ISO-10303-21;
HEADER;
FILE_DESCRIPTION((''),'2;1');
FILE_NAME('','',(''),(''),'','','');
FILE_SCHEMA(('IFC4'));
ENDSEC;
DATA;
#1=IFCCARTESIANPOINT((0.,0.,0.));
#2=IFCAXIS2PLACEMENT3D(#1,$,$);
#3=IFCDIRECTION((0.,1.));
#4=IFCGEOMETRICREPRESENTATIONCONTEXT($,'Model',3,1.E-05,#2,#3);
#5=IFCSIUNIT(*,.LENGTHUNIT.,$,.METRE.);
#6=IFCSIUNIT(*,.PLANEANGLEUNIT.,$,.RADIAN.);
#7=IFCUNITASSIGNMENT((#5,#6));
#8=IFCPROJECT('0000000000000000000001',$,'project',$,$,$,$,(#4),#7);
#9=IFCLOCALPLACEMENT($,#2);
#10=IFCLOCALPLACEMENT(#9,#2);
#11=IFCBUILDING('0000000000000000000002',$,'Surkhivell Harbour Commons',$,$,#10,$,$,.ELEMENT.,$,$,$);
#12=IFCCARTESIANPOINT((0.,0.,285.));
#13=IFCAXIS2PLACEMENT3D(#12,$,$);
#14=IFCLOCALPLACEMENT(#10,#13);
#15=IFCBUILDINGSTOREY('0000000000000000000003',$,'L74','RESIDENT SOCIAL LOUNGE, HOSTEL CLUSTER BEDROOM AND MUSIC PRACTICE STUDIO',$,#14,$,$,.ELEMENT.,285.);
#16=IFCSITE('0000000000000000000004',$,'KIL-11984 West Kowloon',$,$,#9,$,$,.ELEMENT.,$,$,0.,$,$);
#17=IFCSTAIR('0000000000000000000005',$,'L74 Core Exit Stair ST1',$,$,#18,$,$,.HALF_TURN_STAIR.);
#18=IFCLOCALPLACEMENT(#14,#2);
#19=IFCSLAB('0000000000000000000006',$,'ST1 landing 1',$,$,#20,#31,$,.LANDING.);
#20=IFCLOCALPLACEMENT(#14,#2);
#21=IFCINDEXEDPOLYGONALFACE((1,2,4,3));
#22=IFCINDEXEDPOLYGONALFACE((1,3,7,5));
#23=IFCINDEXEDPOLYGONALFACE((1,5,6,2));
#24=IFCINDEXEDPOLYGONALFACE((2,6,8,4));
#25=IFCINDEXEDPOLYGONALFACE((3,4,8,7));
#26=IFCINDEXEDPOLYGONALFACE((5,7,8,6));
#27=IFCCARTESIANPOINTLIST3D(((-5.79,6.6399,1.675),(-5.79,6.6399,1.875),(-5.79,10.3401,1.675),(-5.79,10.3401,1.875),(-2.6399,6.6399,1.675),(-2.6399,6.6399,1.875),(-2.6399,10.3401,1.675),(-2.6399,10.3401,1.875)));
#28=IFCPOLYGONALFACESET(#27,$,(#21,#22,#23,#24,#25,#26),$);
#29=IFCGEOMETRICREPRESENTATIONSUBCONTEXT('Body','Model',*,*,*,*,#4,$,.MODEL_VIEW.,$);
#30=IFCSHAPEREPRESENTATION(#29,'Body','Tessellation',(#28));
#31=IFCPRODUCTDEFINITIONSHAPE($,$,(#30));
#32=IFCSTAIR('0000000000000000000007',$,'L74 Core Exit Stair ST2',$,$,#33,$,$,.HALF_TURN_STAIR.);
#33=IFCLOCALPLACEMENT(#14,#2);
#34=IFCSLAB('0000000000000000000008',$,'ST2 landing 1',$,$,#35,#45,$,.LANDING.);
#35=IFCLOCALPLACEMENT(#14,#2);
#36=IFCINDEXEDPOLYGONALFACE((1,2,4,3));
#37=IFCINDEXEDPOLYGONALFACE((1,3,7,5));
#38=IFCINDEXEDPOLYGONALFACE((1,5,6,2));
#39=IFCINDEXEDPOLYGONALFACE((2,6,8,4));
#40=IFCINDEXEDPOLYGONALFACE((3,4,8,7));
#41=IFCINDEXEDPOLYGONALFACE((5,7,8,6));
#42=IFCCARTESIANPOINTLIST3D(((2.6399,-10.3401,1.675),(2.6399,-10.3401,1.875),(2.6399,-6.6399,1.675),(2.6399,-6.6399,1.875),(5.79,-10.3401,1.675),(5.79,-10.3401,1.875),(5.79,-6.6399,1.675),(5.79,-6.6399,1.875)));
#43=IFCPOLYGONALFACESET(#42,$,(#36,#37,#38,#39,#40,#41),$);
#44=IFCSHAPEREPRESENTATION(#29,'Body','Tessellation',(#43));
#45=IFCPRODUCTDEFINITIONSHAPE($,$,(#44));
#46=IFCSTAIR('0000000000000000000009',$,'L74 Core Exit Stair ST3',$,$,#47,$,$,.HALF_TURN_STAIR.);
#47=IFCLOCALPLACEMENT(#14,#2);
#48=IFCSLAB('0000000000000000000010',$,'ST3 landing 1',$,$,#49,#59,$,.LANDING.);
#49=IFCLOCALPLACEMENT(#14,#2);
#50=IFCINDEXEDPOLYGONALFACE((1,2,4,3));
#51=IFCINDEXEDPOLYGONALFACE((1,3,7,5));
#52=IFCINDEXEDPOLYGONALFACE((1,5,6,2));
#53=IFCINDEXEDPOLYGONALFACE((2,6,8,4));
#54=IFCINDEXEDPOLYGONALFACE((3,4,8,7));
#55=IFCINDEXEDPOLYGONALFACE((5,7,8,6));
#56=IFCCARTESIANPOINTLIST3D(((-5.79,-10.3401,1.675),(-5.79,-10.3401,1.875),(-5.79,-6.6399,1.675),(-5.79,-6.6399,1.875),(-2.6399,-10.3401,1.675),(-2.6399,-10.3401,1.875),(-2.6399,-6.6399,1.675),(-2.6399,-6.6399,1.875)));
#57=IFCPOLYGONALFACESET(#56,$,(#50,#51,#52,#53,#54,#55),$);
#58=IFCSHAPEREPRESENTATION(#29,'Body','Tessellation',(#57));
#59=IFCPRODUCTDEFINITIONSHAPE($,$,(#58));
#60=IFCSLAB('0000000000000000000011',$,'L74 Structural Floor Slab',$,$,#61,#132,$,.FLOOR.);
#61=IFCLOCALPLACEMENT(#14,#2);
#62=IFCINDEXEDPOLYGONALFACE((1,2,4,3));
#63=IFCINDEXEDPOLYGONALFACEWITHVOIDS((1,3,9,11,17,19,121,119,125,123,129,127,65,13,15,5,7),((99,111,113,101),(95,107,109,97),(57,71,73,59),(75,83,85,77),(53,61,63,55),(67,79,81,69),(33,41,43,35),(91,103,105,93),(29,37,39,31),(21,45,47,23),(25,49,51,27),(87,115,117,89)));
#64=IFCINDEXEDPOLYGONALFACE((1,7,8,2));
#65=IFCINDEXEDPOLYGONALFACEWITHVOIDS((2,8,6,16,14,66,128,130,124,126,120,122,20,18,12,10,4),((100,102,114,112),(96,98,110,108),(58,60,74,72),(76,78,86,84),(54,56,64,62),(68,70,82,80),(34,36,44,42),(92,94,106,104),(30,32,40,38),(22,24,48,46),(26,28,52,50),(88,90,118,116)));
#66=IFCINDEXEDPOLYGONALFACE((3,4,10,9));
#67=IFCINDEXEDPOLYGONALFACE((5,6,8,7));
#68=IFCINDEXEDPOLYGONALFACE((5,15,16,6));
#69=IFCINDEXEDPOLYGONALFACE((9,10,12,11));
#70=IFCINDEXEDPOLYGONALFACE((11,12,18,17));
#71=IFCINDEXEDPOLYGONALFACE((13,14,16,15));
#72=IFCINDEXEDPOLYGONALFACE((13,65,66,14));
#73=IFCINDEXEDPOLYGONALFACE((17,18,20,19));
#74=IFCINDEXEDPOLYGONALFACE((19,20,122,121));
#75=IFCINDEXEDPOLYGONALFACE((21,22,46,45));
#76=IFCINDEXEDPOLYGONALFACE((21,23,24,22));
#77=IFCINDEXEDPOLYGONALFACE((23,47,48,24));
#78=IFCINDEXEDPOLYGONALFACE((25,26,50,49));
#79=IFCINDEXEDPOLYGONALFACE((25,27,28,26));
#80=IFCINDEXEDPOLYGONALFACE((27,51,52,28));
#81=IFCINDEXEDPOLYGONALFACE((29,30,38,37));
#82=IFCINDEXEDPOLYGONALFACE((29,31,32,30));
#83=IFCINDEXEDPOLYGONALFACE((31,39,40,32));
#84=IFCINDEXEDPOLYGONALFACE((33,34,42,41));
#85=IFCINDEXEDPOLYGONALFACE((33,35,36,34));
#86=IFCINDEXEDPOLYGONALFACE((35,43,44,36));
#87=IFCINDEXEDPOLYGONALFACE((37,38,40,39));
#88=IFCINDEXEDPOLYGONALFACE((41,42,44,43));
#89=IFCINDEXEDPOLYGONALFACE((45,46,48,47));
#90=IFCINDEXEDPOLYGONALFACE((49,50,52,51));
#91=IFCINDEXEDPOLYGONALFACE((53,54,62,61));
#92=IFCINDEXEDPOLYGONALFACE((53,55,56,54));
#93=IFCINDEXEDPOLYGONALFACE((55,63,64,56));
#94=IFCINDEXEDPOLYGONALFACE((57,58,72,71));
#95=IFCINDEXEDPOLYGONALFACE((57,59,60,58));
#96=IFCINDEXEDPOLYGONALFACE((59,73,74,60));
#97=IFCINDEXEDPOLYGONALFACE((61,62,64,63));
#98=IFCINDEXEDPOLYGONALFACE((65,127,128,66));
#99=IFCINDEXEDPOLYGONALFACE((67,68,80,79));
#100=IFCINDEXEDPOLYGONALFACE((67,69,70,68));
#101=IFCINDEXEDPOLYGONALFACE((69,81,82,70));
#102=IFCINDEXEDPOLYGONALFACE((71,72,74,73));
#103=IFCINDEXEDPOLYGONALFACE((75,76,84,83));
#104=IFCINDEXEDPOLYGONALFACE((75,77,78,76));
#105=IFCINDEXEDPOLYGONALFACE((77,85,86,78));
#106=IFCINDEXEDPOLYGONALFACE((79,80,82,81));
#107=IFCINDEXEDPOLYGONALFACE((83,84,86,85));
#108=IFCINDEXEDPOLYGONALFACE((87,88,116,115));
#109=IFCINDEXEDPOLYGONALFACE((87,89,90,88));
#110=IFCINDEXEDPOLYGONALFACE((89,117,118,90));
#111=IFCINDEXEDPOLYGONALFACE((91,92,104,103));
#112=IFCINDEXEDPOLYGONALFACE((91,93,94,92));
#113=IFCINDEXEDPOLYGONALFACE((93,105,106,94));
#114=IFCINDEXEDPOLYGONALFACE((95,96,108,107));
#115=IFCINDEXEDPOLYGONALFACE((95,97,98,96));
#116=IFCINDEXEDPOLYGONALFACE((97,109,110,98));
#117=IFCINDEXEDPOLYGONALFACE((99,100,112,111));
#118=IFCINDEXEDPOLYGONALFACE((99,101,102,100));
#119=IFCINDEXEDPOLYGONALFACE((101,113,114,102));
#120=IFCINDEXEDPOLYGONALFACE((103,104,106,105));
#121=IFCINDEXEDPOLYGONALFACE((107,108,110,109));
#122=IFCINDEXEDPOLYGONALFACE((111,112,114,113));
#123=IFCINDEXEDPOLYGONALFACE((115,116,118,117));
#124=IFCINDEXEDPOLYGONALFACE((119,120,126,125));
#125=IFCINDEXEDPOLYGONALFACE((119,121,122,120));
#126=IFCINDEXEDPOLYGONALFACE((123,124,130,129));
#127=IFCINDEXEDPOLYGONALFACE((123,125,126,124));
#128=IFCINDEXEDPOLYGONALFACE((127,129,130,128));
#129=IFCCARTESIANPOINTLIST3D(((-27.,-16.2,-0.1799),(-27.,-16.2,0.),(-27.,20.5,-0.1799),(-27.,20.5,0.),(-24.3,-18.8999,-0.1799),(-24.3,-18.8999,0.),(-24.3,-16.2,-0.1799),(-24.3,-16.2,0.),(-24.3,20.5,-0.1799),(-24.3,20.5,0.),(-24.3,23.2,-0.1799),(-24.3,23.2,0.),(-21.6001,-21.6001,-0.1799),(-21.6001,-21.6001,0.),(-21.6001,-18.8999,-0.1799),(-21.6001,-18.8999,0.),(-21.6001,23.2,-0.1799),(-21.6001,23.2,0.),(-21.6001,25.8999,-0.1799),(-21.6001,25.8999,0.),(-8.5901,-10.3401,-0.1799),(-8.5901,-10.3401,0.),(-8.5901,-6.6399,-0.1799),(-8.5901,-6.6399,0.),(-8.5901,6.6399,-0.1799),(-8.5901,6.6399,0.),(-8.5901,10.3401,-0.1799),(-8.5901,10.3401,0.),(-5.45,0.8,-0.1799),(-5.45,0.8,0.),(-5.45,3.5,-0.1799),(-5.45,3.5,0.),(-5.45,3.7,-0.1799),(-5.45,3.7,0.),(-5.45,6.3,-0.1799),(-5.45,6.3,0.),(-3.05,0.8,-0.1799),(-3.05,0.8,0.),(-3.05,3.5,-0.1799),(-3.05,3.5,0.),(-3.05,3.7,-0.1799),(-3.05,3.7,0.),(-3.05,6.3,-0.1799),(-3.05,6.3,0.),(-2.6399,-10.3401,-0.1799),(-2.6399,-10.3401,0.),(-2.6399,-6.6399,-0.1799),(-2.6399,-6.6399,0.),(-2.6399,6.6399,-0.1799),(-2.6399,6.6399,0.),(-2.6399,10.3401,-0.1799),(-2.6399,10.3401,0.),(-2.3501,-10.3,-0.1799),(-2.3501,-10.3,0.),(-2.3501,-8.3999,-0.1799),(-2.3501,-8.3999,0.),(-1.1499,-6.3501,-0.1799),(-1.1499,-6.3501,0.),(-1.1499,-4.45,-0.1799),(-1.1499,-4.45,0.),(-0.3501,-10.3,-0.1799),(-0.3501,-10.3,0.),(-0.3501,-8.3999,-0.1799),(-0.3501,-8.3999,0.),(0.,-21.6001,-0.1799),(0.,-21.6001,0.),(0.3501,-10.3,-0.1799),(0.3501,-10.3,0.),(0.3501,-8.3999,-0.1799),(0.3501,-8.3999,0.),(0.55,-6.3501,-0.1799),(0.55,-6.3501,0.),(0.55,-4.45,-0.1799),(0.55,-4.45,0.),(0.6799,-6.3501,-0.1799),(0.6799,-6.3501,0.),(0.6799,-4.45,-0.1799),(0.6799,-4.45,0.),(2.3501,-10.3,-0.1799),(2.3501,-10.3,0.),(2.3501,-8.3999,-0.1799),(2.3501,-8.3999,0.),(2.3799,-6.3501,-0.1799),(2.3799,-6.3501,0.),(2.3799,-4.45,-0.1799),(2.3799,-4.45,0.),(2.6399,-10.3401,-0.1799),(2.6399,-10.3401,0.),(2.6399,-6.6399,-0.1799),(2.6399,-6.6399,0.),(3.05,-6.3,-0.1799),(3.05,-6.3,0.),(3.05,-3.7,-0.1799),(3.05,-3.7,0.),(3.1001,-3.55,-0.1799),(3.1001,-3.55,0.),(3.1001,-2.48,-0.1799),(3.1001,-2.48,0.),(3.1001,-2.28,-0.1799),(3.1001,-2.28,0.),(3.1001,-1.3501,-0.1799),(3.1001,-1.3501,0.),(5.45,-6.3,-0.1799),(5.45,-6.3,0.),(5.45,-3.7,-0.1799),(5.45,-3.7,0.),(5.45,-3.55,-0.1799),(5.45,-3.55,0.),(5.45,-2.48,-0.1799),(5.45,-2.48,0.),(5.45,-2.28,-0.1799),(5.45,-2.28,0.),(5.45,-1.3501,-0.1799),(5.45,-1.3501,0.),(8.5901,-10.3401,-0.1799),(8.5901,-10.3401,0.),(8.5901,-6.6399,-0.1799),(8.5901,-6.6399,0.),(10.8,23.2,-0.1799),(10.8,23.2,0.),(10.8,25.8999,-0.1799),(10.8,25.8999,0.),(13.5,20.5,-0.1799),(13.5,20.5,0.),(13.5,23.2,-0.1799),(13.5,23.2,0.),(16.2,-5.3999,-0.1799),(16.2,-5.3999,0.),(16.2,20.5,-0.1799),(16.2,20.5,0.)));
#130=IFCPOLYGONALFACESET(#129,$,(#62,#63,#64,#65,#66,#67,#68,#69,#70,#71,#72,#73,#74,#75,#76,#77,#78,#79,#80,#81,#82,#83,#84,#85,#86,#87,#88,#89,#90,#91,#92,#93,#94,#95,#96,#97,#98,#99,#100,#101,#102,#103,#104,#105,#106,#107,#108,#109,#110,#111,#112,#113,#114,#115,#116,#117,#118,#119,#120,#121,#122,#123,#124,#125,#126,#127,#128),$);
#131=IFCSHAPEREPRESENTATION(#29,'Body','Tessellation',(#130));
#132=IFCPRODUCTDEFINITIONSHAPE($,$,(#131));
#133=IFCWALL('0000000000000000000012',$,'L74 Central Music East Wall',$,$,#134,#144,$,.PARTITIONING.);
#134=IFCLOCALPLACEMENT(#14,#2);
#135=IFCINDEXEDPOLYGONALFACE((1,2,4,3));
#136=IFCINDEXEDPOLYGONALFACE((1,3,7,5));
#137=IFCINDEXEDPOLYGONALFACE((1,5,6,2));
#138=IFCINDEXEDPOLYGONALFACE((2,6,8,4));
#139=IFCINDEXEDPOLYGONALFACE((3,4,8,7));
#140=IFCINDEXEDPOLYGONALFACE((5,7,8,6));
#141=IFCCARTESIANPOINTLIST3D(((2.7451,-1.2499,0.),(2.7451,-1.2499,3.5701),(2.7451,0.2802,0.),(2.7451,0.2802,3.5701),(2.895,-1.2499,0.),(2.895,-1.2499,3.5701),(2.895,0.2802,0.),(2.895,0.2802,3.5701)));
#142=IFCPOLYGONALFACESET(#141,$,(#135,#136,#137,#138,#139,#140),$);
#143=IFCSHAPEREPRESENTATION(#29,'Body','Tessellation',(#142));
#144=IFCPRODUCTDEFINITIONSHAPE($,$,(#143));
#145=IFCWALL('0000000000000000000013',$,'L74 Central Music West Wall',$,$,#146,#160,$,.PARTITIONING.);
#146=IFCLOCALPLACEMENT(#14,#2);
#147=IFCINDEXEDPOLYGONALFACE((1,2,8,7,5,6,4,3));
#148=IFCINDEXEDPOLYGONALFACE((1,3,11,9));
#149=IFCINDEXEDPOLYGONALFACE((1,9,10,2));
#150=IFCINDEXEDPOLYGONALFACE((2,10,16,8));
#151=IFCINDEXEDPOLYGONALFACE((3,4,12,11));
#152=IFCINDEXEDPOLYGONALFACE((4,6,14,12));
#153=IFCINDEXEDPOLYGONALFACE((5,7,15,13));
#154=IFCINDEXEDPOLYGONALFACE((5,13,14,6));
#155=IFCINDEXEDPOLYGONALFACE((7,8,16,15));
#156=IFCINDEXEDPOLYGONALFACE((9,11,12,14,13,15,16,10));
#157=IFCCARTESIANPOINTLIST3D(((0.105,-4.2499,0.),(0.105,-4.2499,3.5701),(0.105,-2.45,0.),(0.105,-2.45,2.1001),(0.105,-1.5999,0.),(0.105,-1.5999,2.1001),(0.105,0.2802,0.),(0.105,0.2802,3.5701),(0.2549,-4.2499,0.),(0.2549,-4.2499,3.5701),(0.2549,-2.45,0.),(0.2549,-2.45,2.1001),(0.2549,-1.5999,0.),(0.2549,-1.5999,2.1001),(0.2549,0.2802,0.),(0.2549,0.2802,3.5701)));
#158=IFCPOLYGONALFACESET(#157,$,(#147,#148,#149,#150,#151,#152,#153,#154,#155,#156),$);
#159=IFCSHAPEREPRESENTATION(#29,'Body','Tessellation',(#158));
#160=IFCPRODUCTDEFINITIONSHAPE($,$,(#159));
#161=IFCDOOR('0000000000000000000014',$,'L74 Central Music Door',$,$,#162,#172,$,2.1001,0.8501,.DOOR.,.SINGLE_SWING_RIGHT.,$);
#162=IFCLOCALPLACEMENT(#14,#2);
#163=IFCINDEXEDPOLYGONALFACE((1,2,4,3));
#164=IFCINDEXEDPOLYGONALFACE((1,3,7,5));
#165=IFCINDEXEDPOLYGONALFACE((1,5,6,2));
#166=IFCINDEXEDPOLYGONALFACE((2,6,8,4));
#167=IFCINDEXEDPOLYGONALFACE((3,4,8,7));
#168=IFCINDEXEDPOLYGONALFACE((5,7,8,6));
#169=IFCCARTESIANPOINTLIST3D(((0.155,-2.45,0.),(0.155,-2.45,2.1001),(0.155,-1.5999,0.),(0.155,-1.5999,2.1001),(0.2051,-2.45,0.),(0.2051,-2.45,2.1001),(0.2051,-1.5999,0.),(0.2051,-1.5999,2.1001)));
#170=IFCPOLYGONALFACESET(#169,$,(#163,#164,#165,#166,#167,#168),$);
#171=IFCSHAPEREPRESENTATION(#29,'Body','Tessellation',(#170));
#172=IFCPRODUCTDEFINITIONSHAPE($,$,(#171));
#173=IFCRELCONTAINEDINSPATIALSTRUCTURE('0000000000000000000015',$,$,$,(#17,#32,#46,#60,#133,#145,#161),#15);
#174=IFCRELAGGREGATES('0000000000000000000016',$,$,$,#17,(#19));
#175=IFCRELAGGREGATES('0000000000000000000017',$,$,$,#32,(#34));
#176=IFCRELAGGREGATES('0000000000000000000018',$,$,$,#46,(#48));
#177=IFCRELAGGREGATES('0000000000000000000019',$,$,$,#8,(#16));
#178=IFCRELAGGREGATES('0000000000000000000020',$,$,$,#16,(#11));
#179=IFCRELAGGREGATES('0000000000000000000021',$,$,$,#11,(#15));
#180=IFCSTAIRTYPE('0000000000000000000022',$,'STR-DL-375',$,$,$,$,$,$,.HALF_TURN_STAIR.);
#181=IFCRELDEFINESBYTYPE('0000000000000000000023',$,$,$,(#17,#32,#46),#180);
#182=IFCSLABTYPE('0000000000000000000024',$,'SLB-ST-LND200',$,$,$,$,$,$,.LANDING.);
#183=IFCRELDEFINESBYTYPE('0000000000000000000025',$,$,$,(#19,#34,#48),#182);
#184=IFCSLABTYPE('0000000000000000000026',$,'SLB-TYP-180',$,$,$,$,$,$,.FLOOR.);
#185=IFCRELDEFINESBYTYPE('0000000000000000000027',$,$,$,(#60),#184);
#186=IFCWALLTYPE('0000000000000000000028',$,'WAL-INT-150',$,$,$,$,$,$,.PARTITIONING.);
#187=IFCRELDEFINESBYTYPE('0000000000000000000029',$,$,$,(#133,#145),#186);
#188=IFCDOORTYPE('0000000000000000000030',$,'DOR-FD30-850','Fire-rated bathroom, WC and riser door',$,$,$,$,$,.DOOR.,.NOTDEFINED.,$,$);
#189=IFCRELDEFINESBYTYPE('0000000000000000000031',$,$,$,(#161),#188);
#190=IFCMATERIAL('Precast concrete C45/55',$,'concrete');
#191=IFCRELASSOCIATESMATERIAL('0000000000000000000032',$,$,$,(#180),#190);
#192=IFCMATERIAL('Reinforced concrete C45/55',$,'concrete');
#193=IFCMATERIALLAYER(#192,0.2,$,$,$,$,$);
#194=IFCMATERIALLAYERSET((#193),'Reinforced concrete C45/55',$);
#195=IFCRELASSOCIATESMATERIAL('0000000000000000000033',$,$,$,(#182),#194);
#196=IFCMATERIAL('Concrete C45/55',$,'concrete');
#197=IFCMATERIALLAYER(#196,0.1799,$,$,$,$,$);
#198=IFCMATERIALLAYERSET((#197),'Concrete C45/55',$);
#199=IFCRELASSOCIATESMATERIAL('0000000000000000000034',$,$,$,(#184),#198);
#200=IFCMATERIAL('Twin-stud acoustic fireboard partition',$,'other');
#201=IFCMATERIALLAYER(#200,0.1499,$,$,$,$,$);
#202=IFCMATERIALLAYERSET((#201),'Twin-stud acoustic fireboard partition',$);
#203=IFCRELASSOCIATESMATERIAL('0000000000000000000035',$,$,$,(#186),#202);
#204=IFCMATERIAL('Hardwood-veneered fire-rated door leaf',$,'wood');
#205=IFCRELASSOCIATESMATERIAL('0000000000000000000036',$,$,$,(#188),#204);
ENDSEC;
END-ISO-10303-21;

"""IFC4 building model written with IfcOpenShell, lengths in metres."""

from ifc_helpers import new_model, si_unit, direction, frame, frame_2d, origin, place, context, subcontext, project, spatial, polyline, rectangle, outline, extrude, material, layer, layer_set, type_object, element, fill, aggregate, save


model = new_model("IFC4")

# Units and contexts
model_context = context("Model", 3, precision=1e-05, world=origin(), true_north=direction((0.0, 1.0)))
body_context = subcontext(model_context, "Body", "Model", "MODEL_VIEW")
ifc_project = project(units=[si_unit("LENGTHUNIT", "METRE"), si_unit("PLANEANGLEUNIT", "RADIAN")], contexts=[model_context])

# Site, building, storey
site_placement = place(None, origin())
site = spatial("IfcSite", under=ifc_project, at=site_placement, Name="KIL-11984 West Kowloon", CompositionType="ELEMENT", RefElevation=0.0)
building_placement = place(site_placement, origin())
building = spatial("IfcBuilding", under=site, at=building_placement, Name="Surkhivell Harbour Commons", CompositionType="ELEMENT")
storey_placement = place(building_placement, frame((0.0, 0.0, 285.0)))
storey = spatial("IfcBuildingStorey", under=building, at=storey_placement, Name="L74", Description="RESIDENT SOCIAL LOUNGE, HOSTEL CLUSTER BEDROOM AND MUSIC PRACTICE STUDIO", CompositionType="ELEMENT", Elevation=285.0)

# Stairs, slabs
ifc_material_1 = material(Name="Precast concrete C45/55", Category="concrete")
stair_type = type_object("IfcStairType", Name="STR-DL-375", PredefinedType="HALF_TURN_STAIR", material=ifc_material_1)
stair_1_placement = place(storey_placement, origin())
stair_1 = element("IfcStair", 1, at=stair_1_placement, inside=storey, type_object=stair_type, Name="L74 Core Exit Stair ST1", PredefinedType="HALF_TURN_STAIR")
ifc_material_2 = material(Name="Reinforced concrete C45/55", Category="concrete")
ifc_layer_1 = layer(ifc_material_2, 0.2)
ifc_layer_set_1 = layer_set([ifc_layer_1], Name="Reinforced concrete C45/55")
slab_type_1 = type_object("IfcSlabType", Name="SLB-ST-LND200", PredefinedType="LANDING", material=ifc_layer_set_1)
slab_1_placement = place(storey_placement, frame((0.0, 0.0, 1.675)))
slab_1 = element("IfcSlab", 2, at=slab_1_placement, type_object=slab_type_1, Name="ST1 landing 1", PredefinedType="LANDING", context=body_context, shape_type="SweptSolid", body=[
    extrude(outline(polyline([(-5.79, 6.6399), (-2.6399, 6.6399), (-2.6399, 10.3401), (-5.79, 10.3401), (-5.79, 6.6399)])), origin(), (0.0, 0.0, 1.0), 0.2),
])
aggregate(stair_1, [slab_1])
stair_2_placement = place(storey_placement, origin())
stair_2 = element("IfcStair", 3, at=stair_2_placement, inside=storey, type_object=stair_type, Name="L74 Core Exit Stair ST2", PredefinedType="HALF_TURN_STAIR")
slab_2_placement = place(storey_placement, frame((0.0, 0.0, 1.675)))
slab_2 = element("IfcSlab", 4, at=slab_2_placement, type_object=slab_type_1, Name="ST2 landing 1", PredefinedType="LANDING", context=body_context, shape_type="SweptSolid", body=[
    extrude(outline(polyline([(5.79, -6.6399), (2.6399, -6.6399), (2.6399, -10.3401), (5.79, -10.3401), (5.79, -6.6399)])), origin(), (0.0, 0.0, 1.0), 0.2),
])
aggregate(stair_2, [slab_2])
stair_3_placement = place(storey_placement, origin())
stair_3 = element("IfcStair", 5, at=stair_3_placement, inside=storey, type_object=stair_type, Name="L74 Core Exit Stair ST3", PredefinedType="HALF_TURN_STAIR")
slab_3_placement = place(storey_placement, frame((0.0, 0.0, 1.675)))
slab_3 = element("IfcSlab", 6, at=slab_3_placement, type_object=slab_type_1, Name="ST3 landing 1", PredefinedType="LANDING", context=body_context, shape_type="SweptSolid", body=[
    extrude(outline(polyline([(-5.79, -10.3401), (-2.6399, -10.3401), (-2.6399, -6.6399), (-5.79, -6.6399), (-5.79, -10.3401)])), origin(), (0.0, 0.0, 1.0), 0.2),
])
aggregate(stair_3, [slab_3])

# Slab
ifc_material_3 = material(Name="Concrete C45/55", Category="concrete")
ifc_layer_2 = layer(ifc_material_3, 0.1799)
ifc_layer_set_2 = layer_set([ifc_layer_2], Name="Concrete C45/55")
slab_type_2 = type_object("IfcSlabType", Name="SLB-TYP-180", PredefinedType="FLOOR", material=ifc_layer_set_2)
slab_4_placement = place(storey_placement, frame((0.0, 0.0, -0.1799)))
element("IfcSlab", 7, at=slab_4_placement, inside=storey, type_object=slab_type_2, Name="L74 Structural Floor Slab", PredefinedType="FLOOR", context=body_context, shape_type="SweptSolid", body=[
    extrude(outline(polyline([(-21.6001, -21.6001), (0.0, -21.6001), (16.2, -5.3999), (16.2, 20.5), (13.5, 20.5), (13.5, 23.2), (10.8, 23.2), (10.8, 25.8999), (-21.6001, 25.8999), (-21.6001, 23.2), (-24.3, 23.2), (-24.3, 20.5), (-27.0, 20.5), (-27.0, -16.2), (-24.3, -16.2), (-24.3, -18.8999), (-21.6001, -18.8999), (-21.6001, -21.6001)]), holes=[polyline([(-8.5901, 6.6399), (-2.6399, 6.6399), (-2.6399, 10.3401), (-8.5901, 10.3401), (-8.5901, 6.6399)]), polyline([(8.5901, -6.6399), (2.6399, -6.6399), (2.6399, -10.3401), (8.5901, -10.3401), (8.5901, -6.6399)]), polyline([(-8.5901, -10.3401), (-2.6399, -10.3401), (-2.6399, -6.6399), (-8.5901, -6.6399), (-8.5901, -10.3401)]), polyline([(-1.1499, -6.3501), (0.55, -6.3501), (0.55, -4.45), (-1.1499, -4.45), (-1.1499, -6.3501)]), polyline([(0.6799, -6.3501), (2.3799, -6.3501), (2.3799, -4.45), (0.6799, -4.45), (0.6799, -6.3501)]), polyline([(-2.3501, -10.3), (-0.3501, -10.3), (-0.3501, -8.3999), (-2.3501, -8.3999), (-2.3501, -10.3)]), polyline([(0.3501, -10.3), (2.3501, -10.3), (2.3501, -8.3999), (0.3501, -8.3999), (0.3501, -10.3)]), polyline([(-5.45, 3.7), (-3.05, 3.7), (-3.05, 6.3), (-5.45, 6.3), (-5.45, 3.7)]), polyline([(3.05, -6.3), (5.45, -6.3), (5.45, -3.7), (3.05, -3.7), (3.05, -6.3)]), polyline([(-5.45, 0.8), (-3.05, 0.8), (-3.05, 3.5), (-5.45, 3.5), (-5.45, 0.8)]), polyline([(3.1001, -3.55), (5.45, -3.55), (5.45, -2.48), (3.1001, -2.48), (3.1001, -3.55)]), polyline([(3.1001, -2.28), (5.45, -2.28), (5.45, -1.3501), (3.1001, -1.3501), (3.1001, -2.28)])]), origin(), (0.0, 0.0, 1.0), 0.1799),
])

# Wall
ifc_material_4 = material(Name="Twin-stud acoustic fireboard partition", Category="other")
ifc_layer_3 = layer(ifc_material_4, 0.1499)
ifc_layer_set_3 = layer_set([ifc_layer_3], Name="Twin-stud acoustic fireboard partition")
wall_type_1 = type_object("IfcWallType", Name="WAL-INT-150", PredefinedType="PARTITIONING", material=ifc_layer_set_3)
wall_1_placement = place(storey_placement, frame((2.8201, -1.25, 0.0), z_axis=(0.0, 0.0, 1.0), x_axis=(0.0, 1.0, 0.0)))
element("IfcWall", 8, at=wall_1_placement, inside=storey, type_object=wall_type_1, Name="L74 Central Music East Wall", PredefinedType="PARTITIONING", context=body_context, shape_type="SweptSolid", body=[
    extrude(rectangle(XDim=1.53, YDim=0.1499, at=frame_2d((0.7651, 0.0))), origin(), (0.0, 0.0, 1.0), 3.5701),
])

# Wall, opening, door
wall_2_placement = place(storey_placement, frame((0.1799, -4.25, 0.0), z_axis=(0.0, 0.0, 1.0), x_axis=(0.0, 1.0, 0.0)))
wall_2 = element("IfcWall", 9, at=wall_2_placement, inside=storey, type_object=wall_type_1, Name="L74 Central Music West Wall", PredefinedType="PARTITIONING", context=body_context, shape_type="SweptSolid", body=[
    extrude(rectangle(XDim=4.53, YDim=0.1499, at=frame_2d((2.2651, 0.0))), origin(), (0.0, 0.0, 1.0), 3.5701),
])
opening_1_placement = place(wall_2_placement, frame((1.8, 0.0, 0.0)))
opening_1 = element("IfcOpeningElement", 10, at=opening_1_placement, cuts=wall_2, PredefinedType="OPENING", context=body_context, shape_type="SweptSolid", body=[
    extrude(rectangle(XDim=0.8501, YDim=2.1001, at=frame_2d((0.425, 1.05))), frame((0.0, 0.085, 0.0), z_axis=(0.0, -1.0, 0.0), x_axis=(1.0, 0.0, 0.0)), (0.0, 0.0, 1.0), 0.1699),
])
ifc_material_5 = material(Name="Hardwood-veneered fire-rated door leaf", Category="wood")
door_type_1 = type_object("IfcDoorType", Name="DOR-FD30-850", Description="Fire-rated bathroom, WC and riser door", OperationType="NOTDEFINED", PredefinedType="DOOR", material=ifc_material_5)
door_1_placement = place(opening_1_placement, origin())
door_1 = element("IfcDoor", 11, at=door_1_placement, inside=storey, type_object=door_type_1, Name="L74 Central Music Door", OperationType="SINGLE_SWING_RIGHT", OverallHeight=2.1001, OverallWidth=0.8501, PredefinedType="DOOR", context=body_context, shape_type="SweptSolid", body=[
    extrude(rectangle(XDim=0.8501, YDim=2.1001, at=frame_2d((0.425, 1.05))), frame((0.0, 0.0249, 0.0), z_axis=(0.0, -1.0, 0.0), x_axis=(1.0, 0.0, 0.0)), (0.0, 0.0, 1.0), 0.05),
])
fill(opening_1, door_1)

save(model, "model.ifc")
